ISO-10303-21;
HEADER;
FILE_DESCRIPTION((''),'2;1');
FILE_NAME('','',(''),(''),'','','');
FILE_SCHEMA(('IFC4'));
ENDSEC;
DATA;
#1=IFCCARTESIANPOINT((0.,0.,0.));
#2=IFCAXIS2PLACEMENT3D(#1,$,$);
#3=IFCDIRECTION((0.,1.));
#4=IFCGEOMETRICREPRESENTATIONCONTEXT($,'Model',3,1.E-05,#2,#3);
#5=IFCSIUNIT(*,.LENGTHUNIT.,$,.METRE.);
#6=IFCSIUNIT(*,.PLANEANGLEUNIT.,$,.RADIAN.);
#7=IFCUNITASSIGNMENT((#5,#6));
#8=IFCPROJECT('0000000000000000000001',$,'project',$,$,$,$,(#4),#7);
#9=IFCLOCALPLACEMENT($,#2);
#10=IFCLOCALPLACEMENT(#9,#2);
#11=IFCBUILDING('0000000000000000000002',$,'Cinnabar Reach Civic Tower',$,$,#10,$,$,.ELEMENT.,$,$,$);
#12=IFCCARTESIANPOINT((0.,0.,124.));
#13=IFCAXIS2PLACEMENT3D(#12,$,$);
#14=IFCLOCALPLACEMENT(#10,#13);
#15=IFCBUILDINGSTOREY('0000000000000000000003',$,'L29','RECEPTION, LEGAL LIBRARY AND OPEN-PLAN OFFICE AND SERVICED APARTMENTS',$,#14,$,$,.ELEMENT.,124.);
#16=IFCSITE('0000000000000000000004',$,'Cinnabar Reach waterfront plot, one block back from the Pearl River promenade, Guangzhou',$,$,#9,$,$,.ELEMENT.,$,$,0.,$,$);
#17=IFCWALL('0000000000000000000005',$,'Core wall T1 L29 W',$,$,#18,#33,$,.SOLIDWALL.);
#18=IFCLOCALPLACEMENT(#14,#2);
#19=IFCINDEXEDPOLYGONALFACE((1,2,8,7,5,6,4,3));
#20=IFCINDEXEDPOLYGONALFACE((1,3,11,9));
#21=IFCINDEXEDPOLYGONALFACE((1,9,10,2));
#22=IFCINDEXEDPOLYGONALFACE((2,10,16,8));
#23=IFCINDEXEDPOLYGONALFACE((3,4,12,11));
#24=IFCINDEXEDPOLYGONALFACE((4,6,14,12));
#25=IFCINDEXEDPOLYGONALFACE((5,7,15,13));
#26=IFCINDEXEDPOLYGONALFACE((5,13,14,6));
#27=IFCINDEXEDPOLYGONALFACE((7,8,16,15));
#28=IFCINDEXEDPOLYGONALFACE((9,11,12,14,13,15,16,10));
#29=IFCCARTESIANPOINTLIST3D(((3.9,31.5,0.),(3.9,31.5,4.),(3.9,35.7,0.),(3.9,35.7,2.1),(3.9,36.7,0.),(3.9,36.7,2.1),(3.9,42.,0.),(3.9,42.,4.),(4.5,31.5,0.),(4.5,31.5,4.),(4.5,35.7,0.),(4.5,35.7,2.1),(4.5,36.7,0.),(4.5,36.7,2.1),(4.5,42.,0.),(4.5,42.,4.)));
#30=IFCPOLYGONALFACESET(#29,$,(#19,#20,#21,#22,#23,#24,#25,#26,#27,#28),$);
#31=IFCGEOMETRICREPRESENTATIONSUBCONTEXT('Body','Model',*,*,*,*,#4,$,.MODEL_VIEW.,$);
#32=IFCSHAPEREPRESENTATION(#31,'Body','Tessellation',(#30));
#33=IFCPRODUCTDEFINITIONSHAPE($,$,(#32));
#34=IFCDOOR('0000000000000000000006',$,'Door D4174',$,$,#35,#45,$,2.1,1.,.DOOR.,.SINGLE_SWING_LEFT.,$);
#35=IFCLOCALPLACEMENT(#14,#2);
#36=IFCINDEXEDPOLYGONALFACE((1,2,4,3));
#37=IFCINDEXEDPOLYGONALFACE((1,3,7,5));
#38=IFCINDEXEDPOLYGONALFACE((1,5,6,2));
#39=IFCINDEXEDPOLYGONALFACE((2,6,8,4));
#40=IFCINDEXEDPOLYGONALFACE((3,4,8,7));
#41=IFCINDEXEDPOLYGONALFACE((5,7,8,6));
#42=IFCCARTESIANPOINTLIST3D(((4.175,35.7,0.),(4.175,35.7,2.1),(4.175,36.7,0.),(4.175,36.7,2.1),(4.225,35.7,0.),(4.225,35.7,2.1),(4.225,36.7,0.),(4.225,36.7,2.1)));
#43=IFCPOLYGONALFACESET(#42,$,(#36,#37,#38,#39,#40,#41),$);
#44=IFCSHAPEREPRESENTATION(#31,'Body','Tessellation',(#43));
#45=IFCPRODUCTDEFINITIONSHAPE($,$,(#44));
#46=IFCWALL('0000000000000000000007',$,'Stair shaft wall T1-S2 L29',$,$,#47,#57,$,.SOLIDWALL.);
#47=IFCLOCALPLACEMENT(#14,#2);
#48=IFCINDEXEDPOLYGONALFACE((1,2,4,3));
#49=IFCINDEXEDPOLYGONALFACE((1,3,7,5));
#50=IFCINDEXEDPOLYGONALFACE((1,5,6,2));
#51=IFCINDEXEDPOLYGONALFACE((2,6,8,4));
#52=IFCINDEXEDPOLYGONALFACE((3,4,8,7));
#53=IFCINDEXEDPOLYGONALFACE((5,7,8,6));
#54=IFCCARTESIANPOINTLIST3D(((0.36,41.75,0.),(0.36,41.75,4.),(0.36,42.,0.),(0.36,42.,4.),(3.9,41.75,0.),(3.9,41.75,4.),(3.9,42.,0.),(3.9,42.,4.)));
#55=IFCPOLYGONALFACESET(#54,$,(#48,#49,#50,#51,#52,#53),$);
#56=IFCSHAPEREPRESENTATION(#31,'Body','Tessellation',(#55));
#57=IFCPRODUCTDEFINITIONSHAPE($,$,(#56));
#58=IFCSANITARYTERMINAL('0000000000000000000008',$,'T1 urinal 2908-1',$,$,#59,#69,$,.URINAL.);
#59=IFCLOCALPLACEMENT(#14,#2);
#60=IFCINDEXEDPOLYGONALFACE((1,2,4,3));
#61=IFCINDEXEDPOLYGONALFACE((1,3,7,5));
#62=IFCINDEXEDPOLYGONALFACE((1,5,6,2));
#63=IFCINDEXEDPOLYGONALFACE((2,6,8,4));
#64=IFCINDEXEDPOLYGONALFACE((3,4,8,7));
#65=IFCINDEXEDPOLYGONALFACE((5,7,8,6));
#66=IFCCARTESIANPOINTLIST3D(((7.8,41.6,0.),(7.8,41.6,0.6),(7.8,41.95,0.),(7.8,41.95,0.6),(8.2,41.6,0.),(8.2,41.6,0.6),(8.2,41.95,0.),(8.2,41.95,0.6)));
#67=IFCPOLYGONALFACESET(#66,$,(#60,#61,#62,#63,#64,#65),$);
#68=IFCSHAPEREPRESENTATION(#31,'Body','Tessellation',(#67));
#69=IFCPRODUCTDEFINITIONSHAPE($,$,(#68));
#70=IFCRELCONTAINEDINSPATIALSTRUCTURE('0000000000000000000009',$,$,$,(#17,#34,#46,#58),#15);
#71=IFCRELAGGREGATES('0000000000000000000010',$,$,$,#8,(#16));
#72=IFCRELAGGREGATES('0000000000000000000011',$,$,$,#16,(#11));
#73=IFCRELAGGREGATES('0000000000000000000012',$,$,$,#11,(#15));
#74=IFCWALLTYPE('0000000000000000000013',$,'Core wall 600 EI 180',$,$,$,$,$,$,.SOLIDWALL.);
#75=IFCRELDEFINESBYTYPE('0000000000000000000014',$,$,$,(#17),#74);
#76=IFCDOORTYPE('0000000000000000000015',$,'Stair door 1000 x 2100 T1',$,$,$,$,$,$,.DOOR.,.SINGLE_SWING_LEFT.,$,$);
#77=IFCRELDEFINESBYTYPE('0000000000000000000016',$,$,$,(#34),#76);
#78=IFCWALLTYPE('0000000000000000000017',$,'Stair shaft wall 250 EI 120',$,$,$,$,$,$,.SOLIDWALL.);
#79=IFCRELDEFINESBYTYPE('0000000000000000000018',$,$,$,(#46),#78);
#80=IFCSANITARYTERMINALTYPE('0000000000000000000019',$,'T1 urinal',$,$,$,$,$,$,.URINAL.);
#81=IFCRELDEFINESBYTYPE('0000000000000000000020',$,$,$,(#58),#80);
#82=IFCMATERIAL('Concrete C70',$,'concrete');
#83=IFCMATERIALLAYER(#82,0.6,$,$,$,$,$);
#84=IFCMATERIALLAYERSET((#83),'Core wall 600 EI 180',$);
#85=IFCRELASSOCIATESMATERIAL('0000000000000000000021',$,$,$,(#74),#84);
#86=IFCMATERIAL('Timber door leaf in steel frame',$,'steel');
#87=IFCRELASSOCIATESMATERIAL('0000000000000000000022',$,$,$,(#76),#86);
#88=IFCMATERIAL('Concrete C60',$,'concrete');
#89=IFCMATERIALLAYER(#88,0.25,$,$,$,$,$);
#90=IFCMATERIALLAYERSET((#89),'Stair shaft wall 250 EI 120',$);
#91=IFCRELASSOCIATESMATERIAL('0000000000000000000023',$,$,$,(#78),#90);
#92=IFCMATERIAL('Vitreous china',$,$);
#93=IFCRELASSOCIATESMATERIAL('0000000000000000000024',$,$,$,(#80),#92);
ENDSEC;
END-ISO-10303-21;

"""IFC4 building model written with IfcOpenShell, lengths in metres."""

from ifc_helpers import new_model, si_unit, direction, frame, frame_2d, origin, origin_2d, place, context, subcontext, project, spatial, rectangle, extrude, material, layer, layer_set, type_object, element, fill, save


model = new_model("IFC4")

# Units and contexts
model_context = context("Model", 3, precision=1e-05, world=origin(), true_north=direction((0.0, 1.0)))
body_context = subcontext(model_context, "Body", "Model", "MODEL_VIEW")
ifc_project = project(units=[si_unit("LENGTHUNIT", "METRE"), si_unit("PLANEANGLEUNIT", "RADIAN")], contexts=[model_context])

# Site, building, storey
site_placement = place(None, origin())
site = spatial("IfcSite", under=ifc_project, at=site_placement, Name="Cinnabar Reach waterfront plot, one block back from the Pearl River promenade, Guangzhou", CompositionType="ELEMENT", RefElevation=0.0)
building_placement = place(site_placement, origin())
building = spatial("IfcBuilding", under=site, at=building_placement, Name="Cinnabar Reach Civic Tower", CompositionType="ELEMENT")
storey_placement = place(building_placement, frame((0.0, 0.0, 124.0)))
storey = spatial("IfcBuildingStorey", under=building, at=storey_placement, Name="L29", Description="RECEPTION, LEGAL LIBRARY AND OPEN-PLAN OFFICE AND SERVICED APARTMENTS", CompositionType="ELEMENT", Elevation=124.0)

# Shared definitions
ifc_material_1 = material(Name="Concrete C70", Category="concrete")

# Wall, opening, door
ifc_layer_1 = layer(ifc_material_1, 0.6)
ifc_layer_set_1 = layer_set([ifc_layer_1], Name="Core wall 600 EI 180")
wall_type_1 = type_object("IfcWallType", Name="Core wall 600 EI 180", PredefinedType="SOLIDWALL", material=ifc_layer_set_1)
wall_1_placement = place(storey_placement, frame((4.2, 42.0, 0.0), z_axis=(0.0, 0.0, 1.0), x_axis=(0.0, -1.0, 0.0)))
wall_1 = element("IfcWall", 1, at=wall_1_placement, inside=storey, type_object=wall_type_1, Name="Core wall T1 L29 W", PredefinedType="SOLIDWALL", context=body_context, shape_type="SweptSolid", body=[
    extrude(rectangle(XDim=10.5, YDim=0.6, at=frame_2d((5.25, 0.0))), origin(), (0.0, 0.0, 1.0), 4.0),
])
opening_placement = place(wall_1_placement, frame((5.3, 0.0, 0.0)))
opening = element("IfcOpeningElement", 2, at=opening_placement, cuts=wall_1, PredefinedType="OPENING", context=body_context, shape_type="SweptSolid", body=[
    extrude(rectangle(XDim=1.0, YDim=2.1, at=frame_2d((0.5, 1.05))), frame((0.0, 0.31, 0.0), z_axis=(0.0, -1.0, 0.0), x_axis=(1.0, 0.0, 0.0)), (0.0, 0.0, 1.0), 0.62),
])
ifc_material_2 = material(Name="Timber door leaf in steel frame", Category="steel")
door_type = type_object("IfcDoorType", Name="Stair door 1000 x 2100 T1", OperationType="SINGLE_SWING_LEFT", PredefinedType="DOOR", material=ifc_material_2)
door_placement = place(opening_placement, frame((1.0, 0.0, 0.0), z_axis=(0.0, 0.0, 1.0), x_axis=(-1.0, 0.0, 0.0)))
door = element("IfcDoor", 3, at=door_placement, inside=storey, type_object=door_type, Name="Door D4174", OperationType="SINGLE_SWING_LEFT", OverallHeight=2.1, OverallWidth=1.0, PredefinedType="DOOR", context=body_context, shape_type="SweptSolid", body=[
    extrude(rectangle(XDim=1.0, YDim=2.1, at=frame_2d((0.5, 1.05))), frame((0.0, 0.025, 0.0), z_axis=(0.0, -1.0, 0.0), x_axis=(1.0, 0.0, 0.0)), (0.0, 0.0, 1.0), 0.05),
])
fill(opening, door)

# Wall
ifc_material_3 = material(Name="Concrete C60", Category="concrete")
ifc_layer_2 = layer(ifc_material_3, 0.25)
ifc_layer_set_2 = layer_set([ifc_layer_2], Name="Stair shaft wall 250 EI 120")
wall_type_2 = type_object("IfcWallType", Name="Stair shaft wall 250 EI 120", PredefinedType="SOLIDWALL", material=ifc_layer_set_2)
wall_2_placement = place(storey_placement, frame((3.9, 41.875, 0.0), z_axis=(0.0, 0.0, 1.0), x_axis=(-1.0, 0.0, 0.0)))
element("IfcWall", 4, at=wall_2_placement, inside=storey, type_object=wall_type_2, Name="Stair shaft wall T1-S2 L29", PredefinedType="SOLIDWALL", context=body_context, shape_type="SweptSolid", body=[
    extrude(rectangle(XDim=3.54, YDim=0.25, at=frame_2d((1.77, 0.0))), origin(), (0.0, 0.0, 1.0), 4.0),
])

# Sanitary terminal
ifc_material_4 = material(Name="Vitreous china")
sanitary_terminal_type = type_object("IfcSanitaryTerminalType", Name="T1 urinal", PredefinedType="URINAL", material=ifc_material_4)
sanitary_terminal_placement = place(storey_placement, frame((8.0, 41.775, 0.0), z_axis=(0.0, 0.0, 1.0), x_axis=(1.0, 0.0, 0.0)))
element("IfcSanitaryTerminal", 5, at=sanitary_terminal_placement, inside=storey, type_object=sanitary_terminal_type, Name="T1 urinal 2908-1", PredefinedType="URINAL", context=body_context, shape_type="SweptSolid", body=[
    extrude(rectangle(XDim=0.4, YDim=0.35, at=origin_2d()), origin(), (0.0, 0.0, 1.0), 0.6),
])

save(model, "model.ifc")
